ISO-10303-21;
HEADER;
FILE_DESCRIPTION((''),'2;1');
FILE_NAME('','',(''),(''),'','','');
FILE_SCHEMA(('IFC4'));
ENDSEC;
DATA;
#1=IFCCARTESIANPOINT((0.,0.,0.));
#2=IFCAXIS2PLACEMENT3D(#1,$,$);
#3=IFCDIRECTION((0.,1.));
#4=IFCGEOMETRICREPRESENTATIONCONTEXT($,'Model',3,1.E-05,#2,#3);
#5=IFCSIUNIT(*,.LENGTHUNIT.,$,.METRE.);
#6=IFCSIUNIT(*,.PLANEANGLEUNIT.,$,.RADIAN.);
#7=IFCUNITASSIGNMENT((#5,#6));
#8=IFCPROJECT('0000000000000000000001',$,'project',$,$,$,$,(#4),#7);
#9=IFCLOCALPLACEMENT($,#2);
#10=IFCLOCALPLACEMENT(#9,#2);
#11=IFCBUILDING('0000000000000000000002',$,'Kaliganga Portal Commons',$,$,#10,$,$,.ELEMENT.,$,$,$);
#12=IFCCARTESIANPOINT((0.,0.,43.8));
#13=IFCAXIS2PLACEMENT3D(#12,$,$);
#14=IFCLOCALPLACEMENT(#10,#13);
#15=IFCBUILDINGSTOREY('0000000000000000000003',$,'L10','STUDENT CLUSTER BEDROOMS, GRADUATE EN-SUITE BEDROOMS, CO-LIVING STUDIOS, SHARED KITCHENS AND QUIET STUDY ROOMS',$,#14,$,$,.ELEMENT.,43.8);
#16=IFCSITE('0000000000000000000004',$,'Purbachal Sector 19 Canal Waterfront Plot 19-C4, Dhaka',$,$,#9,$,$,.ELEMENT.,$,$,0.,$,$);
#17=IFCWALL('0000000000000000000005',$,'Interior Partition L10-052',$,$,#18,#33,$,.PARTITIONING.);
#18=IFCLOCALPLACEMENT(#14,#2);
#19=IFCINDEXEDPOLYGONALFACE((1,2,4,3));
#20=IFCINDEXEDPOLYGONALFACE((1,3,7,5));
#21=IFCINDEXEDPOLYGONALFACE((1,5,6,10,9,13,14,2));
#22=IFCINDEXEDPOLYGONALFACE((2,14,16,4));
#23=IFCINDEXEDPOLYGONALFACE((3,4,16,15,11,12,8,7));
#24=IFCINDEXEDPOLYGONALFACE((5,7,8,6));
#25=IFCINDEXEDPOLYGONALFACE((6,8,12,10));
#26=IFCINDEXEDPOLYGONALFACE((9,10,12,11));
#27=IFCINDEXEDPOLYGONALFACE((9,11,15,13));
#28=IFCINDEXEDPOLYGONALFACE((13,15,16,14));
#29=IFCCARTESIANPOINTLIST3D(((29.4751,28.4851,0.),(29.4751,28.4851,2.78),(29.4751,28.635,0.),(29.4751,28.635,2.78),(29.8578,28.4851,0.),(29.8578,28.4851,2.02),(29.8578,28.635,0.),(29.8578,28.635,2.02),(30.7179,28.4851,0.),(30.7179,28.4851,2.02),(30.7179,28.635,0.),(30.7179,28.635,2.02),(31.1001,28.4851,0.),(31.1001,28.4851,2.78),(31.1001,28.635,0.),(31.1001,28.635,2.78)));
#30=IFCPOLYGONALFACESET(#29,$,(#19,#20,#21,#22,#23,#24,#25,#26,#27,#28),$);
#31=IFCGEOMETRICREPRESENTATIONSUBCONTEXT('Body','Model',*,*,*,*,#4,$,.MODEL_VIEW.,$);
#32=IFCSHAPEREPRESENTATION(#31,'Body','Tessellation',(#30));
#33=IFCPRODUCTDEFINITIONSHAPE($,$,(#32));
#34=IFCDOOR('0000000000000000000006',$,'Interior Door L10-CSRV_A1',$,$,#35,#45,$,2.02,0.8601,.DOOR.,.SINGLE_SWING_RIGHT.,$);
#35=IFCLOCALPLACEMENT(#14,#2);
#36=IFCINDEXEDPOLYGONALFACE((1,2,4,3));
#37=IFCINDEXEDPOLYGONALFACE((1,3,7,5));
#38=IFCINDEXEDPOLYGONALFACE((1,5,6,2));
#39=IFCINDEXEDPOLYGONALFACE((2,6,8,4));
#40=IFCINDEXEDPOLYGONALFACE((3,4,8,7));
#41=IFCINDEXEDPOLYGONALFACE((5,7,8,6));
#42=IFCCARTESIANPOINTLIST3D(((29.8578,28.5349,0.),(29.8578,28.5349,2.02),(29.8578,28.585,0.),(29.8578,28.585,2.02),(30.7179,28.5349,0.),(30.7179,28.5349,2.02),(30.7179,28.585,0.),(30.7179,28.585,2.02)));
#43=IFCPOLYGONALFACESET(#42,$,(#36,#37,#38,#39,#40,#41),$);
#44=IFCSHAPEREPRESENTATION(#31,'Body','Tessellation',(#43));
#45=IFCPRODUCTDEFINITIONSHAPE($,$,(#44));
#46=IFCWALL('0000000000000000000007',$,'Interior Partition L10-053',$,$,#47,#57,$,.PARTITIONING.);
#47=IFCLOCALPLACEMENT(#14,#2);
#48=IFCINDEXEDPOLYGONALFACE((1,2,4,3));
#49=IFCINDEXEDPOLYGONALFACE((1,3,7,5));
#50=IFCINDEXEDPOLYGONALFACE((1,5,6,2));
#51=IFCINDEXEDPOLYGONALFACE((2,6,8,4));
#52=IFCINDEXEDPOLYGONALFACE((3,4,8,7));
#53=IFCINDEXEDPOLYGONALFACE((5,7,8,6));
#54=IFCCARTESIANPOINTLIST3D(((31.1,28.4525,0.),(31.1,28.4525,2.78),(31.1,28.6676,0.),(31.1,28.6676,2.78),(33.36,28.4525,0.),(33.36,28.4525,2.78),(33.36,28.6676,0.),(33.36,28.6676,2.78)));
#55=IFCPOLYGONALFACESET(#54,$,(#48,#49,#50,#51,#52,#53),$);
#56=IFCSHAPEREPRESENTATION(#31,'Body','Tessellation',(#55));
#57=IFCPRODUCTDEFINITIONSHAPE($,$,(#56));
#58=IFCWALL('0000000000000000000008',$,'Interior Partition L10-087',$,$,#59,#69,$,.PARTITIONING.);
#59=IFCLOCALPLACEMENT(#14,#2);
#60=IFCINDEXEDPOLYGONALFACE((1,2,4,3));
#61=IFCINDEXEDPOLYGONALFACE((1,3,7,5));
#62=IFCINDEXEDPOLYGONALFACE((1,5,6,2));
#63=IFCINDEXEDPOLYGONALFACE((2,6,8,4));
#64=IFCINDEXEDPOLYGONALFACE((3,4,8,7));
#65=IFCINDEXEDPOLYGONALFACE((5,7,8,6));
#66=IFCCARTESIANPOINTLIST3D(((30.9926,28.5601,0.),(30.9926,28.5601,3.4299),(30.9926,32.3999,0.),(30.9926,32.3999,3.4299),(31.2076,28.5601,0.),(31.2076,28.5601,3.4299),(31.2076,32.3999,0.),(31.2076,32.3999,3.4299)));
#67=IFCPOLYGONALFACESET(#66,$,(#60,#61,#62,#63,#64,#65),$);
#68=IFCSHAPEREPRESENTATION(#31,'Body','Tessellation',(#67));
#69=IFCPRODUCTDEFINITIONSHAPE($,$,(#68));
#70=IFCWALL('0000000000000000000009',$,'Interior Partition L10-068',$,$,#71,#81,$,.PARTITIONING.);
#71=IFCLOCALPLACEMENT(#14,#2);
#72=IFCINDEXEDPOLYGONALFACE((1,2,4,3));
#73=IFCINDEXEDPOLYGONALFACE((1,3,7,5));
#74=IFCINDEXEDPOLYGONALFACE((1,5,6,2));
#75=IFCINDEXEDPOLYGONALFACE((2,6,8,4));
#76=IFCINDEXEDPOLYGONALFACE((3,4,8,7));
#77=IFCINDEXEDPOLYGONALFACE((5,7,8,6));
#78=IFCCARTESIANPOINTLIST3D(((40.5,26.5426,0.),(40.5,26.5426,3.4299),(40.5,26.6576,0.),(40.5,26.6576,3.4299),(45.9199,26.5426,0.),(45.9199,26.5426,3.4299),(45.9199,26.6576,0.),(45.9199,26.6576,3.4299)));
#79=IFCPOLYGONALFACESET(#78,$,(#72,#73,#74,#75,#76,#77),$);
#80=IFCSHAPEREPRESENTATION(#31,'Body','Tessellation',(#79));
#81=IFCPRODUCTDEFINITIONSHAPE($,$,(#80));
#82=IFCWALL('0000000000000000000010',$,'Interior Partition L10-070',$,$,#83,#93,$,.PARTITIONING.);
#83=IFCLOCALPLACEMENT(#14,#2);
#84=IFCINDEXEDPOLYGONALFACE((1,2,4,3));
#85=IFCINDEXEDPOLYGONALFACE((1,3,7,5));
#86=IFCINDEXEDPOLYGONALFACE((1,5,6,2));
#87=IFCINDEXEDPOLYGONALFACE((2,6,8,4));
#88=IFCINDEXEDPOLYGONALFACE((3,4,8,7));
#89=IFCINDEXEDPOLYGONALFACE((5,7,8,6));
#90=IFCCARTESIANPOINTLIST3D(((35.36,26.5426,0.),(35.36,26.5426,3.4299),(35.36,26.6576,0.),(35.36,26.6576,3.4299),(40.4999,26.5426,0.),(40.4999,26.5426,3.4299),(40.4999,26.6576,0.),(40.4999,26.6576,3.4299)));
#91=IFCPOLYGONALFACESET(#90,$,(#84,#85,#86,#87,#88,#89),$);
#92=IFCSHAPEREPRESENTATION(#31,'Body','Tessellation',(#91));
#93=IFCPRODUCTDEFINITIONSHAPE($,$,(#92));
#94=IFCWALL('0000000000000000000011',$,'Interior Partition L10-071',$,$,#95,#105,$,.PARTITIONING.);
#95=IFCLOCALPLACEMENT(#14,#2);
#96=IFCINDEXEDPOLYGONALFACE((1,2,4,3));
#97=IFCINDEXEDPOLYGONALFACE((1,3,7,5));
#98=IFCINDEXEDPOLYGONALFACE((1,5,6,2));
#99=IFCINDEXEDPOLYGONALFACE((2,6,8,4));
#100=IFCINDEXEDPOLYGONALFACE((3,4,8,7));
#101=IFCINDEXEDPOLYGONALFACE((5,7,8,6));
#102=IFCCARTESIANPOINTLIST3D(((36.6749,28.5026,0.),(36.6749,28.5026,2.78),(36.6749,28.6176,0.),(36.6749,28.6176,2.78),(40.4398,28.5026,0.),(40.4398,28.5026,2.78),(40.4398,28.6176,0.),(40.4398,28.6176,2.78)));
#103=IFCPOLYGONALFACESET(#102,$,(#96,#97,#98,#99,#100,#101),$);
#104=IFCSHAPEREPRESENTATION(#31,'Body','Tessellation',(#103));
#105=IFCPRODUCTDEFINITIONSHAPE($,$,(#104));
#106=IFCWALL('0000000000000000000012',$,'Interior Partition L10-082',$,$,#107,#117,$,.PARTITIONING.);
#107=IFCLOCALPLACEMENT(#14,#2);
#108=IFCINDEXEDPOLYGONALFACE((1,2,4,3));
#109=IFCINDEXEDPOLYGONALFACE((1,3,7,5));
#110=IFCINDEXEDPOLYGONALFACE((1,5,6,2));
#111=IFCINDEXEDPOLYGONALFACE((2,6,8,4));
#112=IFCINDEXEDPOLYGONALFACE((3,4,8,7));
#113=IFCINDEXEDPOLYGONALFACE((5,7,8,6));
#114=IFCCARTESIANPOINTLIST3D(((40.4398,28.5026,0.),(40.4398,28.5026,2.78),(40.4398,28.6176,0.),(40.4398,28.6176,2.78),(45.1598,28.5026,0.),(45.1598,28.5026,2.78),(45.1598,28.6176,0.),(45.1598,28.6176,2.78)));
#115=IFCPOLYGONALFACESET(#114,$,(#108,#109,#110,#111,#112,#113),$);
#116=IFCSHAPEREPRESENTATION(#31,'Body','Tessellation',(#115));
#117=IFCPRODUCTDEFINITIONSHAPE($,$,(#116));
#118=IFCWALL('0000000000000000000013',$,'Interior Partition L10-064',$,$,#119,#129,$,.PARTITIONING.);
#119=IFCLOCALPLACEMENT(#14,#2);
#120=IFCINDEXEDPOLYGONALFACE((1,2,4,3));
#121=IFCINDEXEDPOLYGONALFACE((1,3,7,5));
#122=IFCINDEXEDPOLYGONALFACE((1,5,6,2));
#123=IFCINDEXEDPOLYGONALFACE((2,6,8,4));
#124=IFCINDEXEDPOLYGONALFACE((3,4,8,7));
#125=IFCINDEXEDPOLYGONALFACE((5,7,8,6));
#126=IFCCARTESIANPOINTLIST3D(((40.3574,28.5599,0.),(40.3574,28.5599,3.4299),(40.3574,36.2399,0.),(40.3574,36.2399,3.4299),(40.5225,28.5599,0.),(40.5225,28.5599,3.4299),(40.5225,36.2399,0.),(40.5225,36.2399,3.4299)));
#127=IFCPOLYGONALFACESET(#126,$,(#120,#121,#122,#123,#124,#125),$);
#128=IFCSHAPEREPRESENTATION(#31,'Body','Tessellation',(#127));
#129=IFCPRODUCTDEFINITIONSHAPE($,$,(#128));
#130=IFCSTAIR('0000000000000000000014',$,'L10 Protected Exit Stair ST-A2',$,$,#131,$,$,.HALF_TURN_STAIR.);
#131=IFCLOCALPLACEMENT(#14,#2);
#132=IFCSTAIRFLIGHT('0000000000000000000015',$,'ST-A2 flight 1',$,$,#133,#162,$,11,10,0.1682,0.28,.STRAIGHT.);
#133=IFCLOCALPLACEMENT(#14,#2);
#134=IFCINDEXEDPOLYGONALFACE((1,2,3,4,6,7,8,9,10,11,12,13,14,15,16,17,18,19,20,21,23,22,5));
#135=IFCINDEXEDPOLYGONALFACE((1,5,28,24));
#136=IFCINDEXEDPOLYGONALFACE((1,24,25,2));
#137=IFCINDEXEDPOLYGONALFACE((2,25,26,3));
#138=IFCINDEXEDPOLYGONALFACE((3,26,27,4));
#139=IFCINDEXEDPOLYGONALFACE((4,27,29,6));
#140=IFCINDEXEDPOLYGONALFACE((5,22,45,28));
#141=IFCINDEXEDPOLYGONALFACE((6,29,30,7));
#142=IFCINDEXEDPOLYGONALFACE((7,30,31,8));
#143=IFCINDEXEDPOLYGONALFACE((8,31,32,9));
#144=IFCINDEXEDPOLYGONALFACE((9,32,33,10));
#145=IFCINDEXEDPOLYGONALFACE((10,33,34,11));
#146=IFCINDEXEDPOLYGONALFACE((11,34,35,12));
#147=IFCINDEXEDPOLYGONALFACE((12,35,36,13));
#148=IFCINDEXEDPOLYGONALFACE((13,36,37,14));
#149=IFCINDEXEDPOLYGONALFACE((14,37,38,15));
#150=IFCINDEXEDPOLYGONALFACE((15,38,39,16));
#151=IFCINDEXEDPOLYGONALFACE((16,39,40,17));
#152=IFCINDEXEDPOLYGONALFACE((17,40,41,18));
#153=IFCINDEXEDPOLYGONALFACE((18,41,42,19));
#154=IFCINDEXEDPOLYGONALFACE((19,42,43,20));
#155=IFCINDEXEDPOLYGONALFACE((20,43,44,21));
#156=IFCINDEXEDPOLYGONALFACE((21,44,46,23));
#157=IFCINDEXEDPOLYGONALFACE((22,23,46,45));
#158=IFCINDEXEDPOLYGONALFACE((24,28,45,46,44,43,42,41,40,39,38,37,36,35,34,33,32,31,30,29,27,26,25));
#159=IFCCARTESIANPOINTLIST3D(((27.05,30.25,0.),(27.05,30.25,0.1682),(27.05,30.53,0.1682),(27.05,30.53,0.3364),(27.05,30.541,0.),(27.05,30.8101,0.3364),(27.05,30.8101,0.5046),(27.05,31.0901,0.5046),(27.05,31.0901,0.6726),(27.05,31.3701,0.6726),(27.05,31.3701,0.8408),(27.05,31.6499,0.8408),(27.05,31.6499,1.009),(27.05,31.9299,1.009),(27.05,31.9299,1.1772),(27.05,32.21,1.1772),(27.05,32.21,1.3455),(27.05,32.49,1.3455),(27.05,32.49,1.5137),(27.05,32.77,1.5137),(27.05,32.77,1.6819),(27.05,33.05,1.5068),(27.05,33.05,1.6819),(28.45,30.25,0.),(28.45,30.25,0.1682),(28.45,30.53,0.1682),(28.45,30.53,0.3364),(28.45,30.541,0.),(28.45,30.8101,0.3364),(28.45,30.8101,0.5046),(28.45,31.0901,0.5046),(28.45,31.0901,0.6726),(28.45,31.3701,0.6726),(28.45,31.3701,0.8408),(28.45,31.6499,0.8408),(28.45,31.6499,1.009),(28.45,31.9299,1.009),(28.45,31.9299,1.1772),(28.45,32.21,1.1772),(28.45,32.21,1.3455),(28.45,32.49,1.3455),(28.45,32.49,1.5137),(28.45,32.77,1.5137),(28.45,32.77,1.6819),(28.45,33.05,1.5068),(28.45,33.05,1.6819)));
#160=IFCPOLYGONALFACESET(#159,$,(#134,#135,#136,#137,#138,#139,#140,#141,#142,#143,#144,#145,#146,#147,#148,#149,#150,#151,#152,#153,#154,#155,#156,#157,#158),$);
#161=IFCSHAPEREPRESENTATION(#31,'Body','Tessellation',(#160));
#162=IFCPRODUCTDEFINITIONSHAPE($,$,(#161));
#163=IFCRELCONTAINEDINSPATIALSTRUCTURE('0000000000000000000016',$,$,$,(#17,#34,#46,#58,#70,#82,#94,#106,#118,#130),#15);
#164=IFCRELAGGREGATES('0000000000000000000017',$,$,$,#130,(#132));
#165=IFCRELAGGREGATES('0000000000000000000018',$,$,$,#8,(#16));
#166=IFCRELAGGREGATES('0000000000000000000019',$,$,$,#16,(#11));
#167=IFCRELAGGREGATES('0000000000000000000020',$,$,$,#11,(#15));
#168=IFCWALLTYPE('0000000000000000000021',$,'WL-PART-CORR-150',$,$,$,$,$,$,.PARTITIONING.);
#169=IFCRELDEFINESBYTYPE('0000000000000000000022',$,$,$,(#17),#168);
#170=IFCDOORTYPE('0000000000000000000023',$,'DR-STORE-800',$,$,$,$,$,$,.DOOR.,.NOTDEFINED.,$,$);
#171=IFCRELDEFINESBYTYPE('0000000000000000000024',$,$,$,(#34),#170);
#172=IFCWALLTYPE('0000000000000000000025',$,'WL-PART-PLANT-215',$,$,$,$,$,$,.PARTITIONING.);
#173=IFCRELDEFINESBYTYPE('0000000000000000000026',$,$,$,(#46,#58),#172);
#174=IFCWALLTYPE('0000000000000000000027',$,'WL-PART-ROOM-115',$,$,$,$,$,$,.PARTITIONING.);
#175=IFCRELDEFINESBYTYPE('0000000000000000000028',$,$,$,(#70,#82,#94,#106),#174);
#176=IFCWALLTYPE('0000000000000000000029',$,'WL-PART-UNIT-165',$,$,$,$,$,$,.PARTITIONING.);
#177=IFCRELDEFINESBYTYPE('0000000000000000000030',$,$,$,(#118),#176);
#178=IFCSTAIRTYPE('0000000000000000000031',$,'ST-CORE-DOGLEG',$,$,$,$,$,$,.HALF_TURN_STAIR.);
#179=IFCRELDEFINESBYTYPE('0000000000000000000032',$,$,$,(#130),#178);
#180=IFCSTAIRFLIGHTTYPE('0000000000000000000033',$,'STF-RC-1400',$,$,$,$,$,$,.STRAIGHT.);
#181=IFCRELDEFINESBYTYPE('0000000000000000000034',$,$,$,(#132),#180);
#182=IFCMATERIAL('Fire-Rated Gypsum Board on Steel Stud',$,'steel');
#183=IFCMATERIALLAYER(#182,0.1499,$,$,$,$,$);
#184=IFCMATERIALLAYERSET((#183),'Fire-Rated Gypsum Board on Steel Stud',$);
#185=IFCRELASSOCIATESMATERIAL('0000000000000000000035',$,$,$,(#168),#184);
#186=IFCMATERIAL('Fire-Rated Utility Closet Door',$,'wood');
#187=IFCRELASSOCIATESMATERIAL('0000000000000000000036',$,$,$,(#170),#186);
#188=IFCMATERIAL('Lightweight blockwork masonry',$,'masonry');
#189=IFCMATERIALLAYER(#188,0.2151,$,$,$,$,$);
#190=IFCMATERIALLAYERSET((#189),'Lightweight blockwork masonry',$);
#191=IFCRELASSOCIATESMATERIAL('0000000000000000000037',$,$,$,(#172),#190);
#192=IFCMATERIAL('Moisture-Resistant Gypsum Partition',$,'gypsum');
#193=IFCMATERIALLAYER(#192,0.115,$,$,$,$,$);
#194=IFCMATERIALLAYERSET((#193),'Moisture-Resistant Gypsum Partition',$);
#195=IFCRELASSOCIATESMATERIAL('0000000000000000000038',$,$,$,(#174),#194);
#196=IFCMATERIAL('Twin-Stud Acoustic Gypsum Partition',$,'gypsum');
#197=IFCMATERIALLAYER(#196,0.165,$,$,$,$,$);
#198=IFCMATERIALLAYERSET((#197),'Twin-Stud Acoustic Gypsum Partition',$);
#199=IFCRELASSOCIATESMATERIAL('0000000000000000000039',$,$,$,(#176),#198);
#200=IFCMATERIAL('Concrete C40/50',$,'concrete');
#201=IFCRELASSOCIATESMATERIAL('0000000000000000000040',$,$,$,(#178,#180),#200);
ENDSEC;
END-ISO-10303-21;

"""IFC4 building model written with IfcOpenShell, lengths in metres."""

from ifc_helpers import new_model, si_unit, direction, frame, frame_2d, origin, place, context, subcontext, project, spatial, polyline, rectangle, outline, extrude, material, layer, layer_set, type_object, element, fill, aggregate, save


model = new_model("IFC4")

# Units and contexts
model_context = context("Model", 3, precision=1e-05, world=origin(), true_north=direction((0.0, 1.0)))
body_context = subcontext(model_context, "Body", "Model", "MODEL_VIEW")
ifc_project = project(units=[si_unit("LENGTHUNIT", "METRE"), si_unit("PLANEANGLEUNIT", "RADIAN")], contexts=[model_context])

# Site, building, storey
site_placement = place(None, origin())
site = spatial("IfcSite", under=ifc_project, at=site_placement, Name="Purbachal Sector 19 Canal Waterfront Plot 19-C4, Dhaka", CompositionType="ELEMENT", RefElevation=0.0)
building_placement = place(site_placement, origin())
building = spatial("IfcBuilding", under=site, at=building_placement, Name="Kaliganga Portal Commons", CompositionType="ELEMENT")
storey_placement = place(building_placement, frame((0.0, 0.0, 43.8)))
storey = spatial("IfcBuildingStorey", under=building, at=storey_placement, Name="L10", Description="STUDENT CLUSTER BEDROOMS, GRADUATE EN-SUITE BEDROOMS, CO-LIVING STUDIOS, SHARED KITCHENS AND QUIET STUDY ROOMS", CompositionType="ELEMENT", Elevation=43.8)

# Shared definitions
ifc_material_1 = material(Name="Fire-Rated Gypsum Board on Steel Stud", Category="steel")
ifc_layer_1 = layer(ifc_material_1, 0.1499)
ifc_layer_set_1 = layer_set([ifc_layer_1], Name="Fire-Rated Gypsum Board on Steel Stud")
wall_type_1 = type_object("IfcWallType", Name="WL-PART-CORR-150", PredefinedType="PARTITIONING", material=ifc_layer_set_1)

# Wall, opening, door
wall_1_placement = place(storey_placement, frame((29.4751, 28.5601, 0.0), z_axis=(0.0, 0.0, 1.0), x_axis=(1.0, 0.0, 0.0)))
wall_1 = element("IfcWall", 1, at=wall_1_placement, inside=storey, type_object=wall_type_1, Name="Interior Partition L10-052", PredefinedType="PARTITIONING", context=body_context, shape_type="SweptSolid", body=[
    extrude(rectangle(XDim=1.625, YDim=0.1499, at=frame_2d((0.8125, 0.0))), origin(), (0.0, 0.0, 1.0), 2.78),
])
opening_1_placement = place(wall_1_placement, frame((0.3826, 0.0, 0.0)))
opening_1 = element("IfcOpeningElement", 2, at=opening_1_placement, cuts=wall_1, PredefinedType="OPENING", context=body_context, shape_type="SweptSolid", body=[
    extrude(rectangle(XDim=0.8601, YDim=2.02, at=frame_2d((0.4302, 1.01))), frame((0.0, 0.085, 0.0), z_axis=(0.0, -1.0, 0.0), x_axis=(1.0, 0.0, 0.0)), (0.0, 0.0, 1.0), 0.1699),
])
ifc_material_2 = material(Name="Fire-Rated Utility Closet Door", Category="wood")
door_type_1 = type_object("IfcDoorType", Name="DR-STORE-800", OperationType="NOTDEFINED", PredefinedType="DOOR", material=ifc_material_2)
door_1_placement = place(opening_1_placement, origin())
door_1 = element("IfcDoor", 3, at=door_1_placement, inside=storey, type_object=door_type_1, Name="Interior Door L10-CSRV_A1", OperationType="SINGLE_SWING_RIGHT", OverallHeight=2.02, OverallWidth=0.8601, PredefinedType="DOOR", context=body_context, shape_type="SweptSolid", body=[
    extrude(rectangle(XDim=0.8601, YDim=2.02, at=frame_2d((0.4302, 1.01))), frame((0.0, 0.0249, 0.0), z_axis=(0.0, -1.0, 0.0), x_axis=(1.0, 0.0, 0.0)), (0.0, 0.0, 1.0), 0.05),
])
fill(opening_1, door_1)
ifc_material_3 = material(Name="Lightweight blockwork masonry", Category="masonry")
ifc_layer_2 = layer(ifc_material_3, 0.2151)
ifc_layer_set_2 = layer_set([ifc_layer_2], Name="Lightweight blockwork masonry")
wall_type_2 = type_object("IfcWallType", Name="WL-PART-PLANT-215", PredefinedType="PARTITIONING", material=ifc_layer_set_2)

# Walls
wall_2_placement = place(storey_placement, frame((31.1001, 28.5601, 0.0), z_axis=(0.0, 0.0, 1.0), x_axis=(1.0, 0.0, 0.0)))
element("IfcWall", 4, at=wall_2_placement, inside=storey, type_object=wall_type_2, Name="Interior Partition L10-053", PredefinedType="PARTITIONING", context=body_context, shape_type="SweptSolid", body=[
    extrude(rectangle(XDim=2.26, YDim=0.2151, at=frame_2d((1.1299, 0.0))), origin(), (0.0, 0.0, 1.0), 2.78),
])
wall_3_placement = place(storey_placement, frame((31.1001, 28.5601, 0.0), z_axis=(0.0, 0.0, 1.0), x_axis=(0.0, 1.0, 0.0)))
element("IfcWall", 5, at=wall_3_placement, inside=storey, type_object=wall_type_2, Name="Interior Partition L10-087", PredefinedType="PARTITIONING", context=body_context, shape_type="SweptSolid", body=[
    extrude(rectangle(XDim=3.8398, YDim=0.2151, at=frame_2d((1.9199, 0.0))), origin(), (0.0, 0.0, 1.0), 3.4299),
])
ifc_material_4 = material(Name="Moisture-Resistant Gypsum Partition", Category="gypsum")
ifc_layer_3 = layer(ifc_material_4, 0.115)
ifc_layer_set_3 = layer_set([ifc_layer_3], Name="Moisture-Resistant Gypsum Partition")
wall_type_3 = type_object("IfcWallType", Name="WL-PART-ROOM-115", PredefinedType="PARTITIONING", material=ifc_layer_set_3)
wall_4_placement = place(storey_placement, frame((40.5, 26.6001, 0.0), z_axis=(0.0, 0.0, 1.0), x_axis=(1.0, 0.0, 0.0)))
element("IfcWall", 6, at=wall_4_placement, inside=storey, type_object=wall_type_3, Name="Interior Partition L10-068", PredefinedType="PARTITIONING", context=body_context, shape_type="SweptSolid", body=[
    extrude(rectangle(XDim=5.4199, YDim=0.115, at=frame_2d((2.71, 0.0))), origin(), (0.0, 0.0, 1.0), 3.4299),
])
wall_5_placement = place(storey_placement, frame((35.3601, 26.6001, 0.0), z_axis=(0.0, 0.0, 1.0), x_axis=(1.0, 0.0, 0.0)))
element("IfcWall", 7, at=wall_5_placement, inside=storey, type_object=wall_type_3, Name="Interior Partition L10-070", PredefinedType="PARTITIONING", context=body_context, shape_type="SweptSolid", body=[
    extrude(rectangle(XDim=5.1399, YDim=0.115, at=frame_2d((2.5698, 0.0))), origin(), (0.0, 0.0, 1.0), 3.4299),
])
wall_6_placement = place(storey_placement, frame((36.675, 28.5601, 0.0), z_axis=(0.0, 0.0, 1.0), x_axis=(1.0, 0.0, 0.0)))
element("IfcWall", 8, at=wall_6_placement, inside=storey, type_object=wall_type_3, Name="Interior Partition L10-071", PredefinedType="PARTITIONING", context=body_context, shape_type="SweptSolid", body=[
    extrude(rectangle(XDim=3.7649, YDim=0.115, at=frame_2d((1.8823, 0.0))), origin(), (0.0, 0.0, 1.0), 2.78),
])
wall_7_placement = place(storey_placement, frame((40.4399, 28.5601, 0.0), z_axis=(0.0, 0.0, 1.0), x_axis=(1.0, 0.0, 0.0)))
element("IfcWall", 9, at=wall_7_placement, inside=storey, type_object=wall_type_3, Name="Interior Partition L10-082", PredefinedType="PARTITIONING", context=body_context, shape_type="SweptSolid", body=[
    extrude(rectangle(XDim=4.72, YDim=0.115, at=frame_2d((2.3599, 0.0))), origin(), (0.0, 0.0, 1.0), 2.78),
])
ifc_material_5 = material(Name="Twin-Stud Acoustic Gypsum Partition", Category="gypsum")
ifc_layer_4 = layer(ifc_material_5, 0.165)
ifc_layer_set_4 = layer_set([ifc_layer_4], Name="Twin-Stud Acoustic Gypsum Partition")
wall_type_4 = type_object("IfcWallType", Name="WL-PART-UNIT-165", PredefinedType="PARTITIONING", material=ifc_layer_set_4)
wall_8_placement = place(storey_placement, frame((40.4399, 28.5601, 0.0), z_axis=(0.0, 0.0, 1.0), x_axis=(0.0, 1.0, 0.0)))
element("IfcWall", 10, at=wall_8_placement, inside=storey, type_object=wall_type_4, Name="Interior Partition L10-064", PredefinedType="PARTITIONING", context=body_context, shape_type="SweptSolid", body=[
    extrude(rectangle(XDim=7.6799, YDim=0.165, at=frame_2d((3.8398, 0.0))), origin(), (0.0, 0.0, 1.0), 3.4299),
])

# Stair, stair flight
ifc_material_6 = material(Name="Concrete C40/50", Category="concrete")
stair_type = type_object("IfcStairType", Name="ST-CORE-DOGLEG", PredefinedType="HALF_TURN_STAIR", material=ifc_material_6)
stair_placement = place(storey_placement, origin())
stair = element("IfcStair", 11, at=stair_placement, inside=storey, type_object=stair_type, Name="L10 Protected Exit Stair ST-A2", PredefinedType="HALF_TURN_STAIR")
stair_flight_type = type_object("IfcStairFlightType", Name="STF-RC-1400", PredefinedType="STRAIGHT", material=ifc_material_6)
stair_flight_placement = place(storey_placement, frame((27.75, 30.25, 0.0), z_axis=(0.0, 0.0, 1.0), x_axis=(0.0, 1.0, 0.0)))
stair_flight = element("IfcStairFlight", 12, at=stair_flight_placement, type_object=stair_flight_type, Name="ST-A2 flight 1", NumberOfRisers=11, NumberOfTreads=10, PredefinedType="STRAIGHT", RiserHeight=0.1682, TreadLength=0.28, context=body_context, shape_type="SweptSolid", body=[
    extrude(outline(polyline([(0.0, 0.0), (0.0, 0.1682), (0.28, 0.1682), (0.28, 0.3364), (0.5601, 0.3364), (0.5601, 0.5046), (0.8401, 0.5046), (0.8401, 0.6726), (1.1201, 0.6726), (1.1201, 0.8408), (1.3999, 0.8408), (1.3999, 1.009), (1.6799, 1.009), (1.6799, 1.1772), (1.96, 1.1772), (1.96, 1.3455), (2.24, 1.3455), (2.24, 1.5137), (2.52, 1.5137), (2.52, 1.6819), (2.8, 1.6819), (2.8, 1.8501), (2.8, 1.5068), (0.291, 0.0), (0.0, 0.0)])), frame((0.0, 0.7, 0.0), z_axis=(0.0, -1.0, 0.0), x_axis=(1.0, 0.0, 0.0)), (0.0, 0.0, 1.0), 1.3999),
])
aggregate(stair, [stair_flight])

save(model, "model.ifc")
